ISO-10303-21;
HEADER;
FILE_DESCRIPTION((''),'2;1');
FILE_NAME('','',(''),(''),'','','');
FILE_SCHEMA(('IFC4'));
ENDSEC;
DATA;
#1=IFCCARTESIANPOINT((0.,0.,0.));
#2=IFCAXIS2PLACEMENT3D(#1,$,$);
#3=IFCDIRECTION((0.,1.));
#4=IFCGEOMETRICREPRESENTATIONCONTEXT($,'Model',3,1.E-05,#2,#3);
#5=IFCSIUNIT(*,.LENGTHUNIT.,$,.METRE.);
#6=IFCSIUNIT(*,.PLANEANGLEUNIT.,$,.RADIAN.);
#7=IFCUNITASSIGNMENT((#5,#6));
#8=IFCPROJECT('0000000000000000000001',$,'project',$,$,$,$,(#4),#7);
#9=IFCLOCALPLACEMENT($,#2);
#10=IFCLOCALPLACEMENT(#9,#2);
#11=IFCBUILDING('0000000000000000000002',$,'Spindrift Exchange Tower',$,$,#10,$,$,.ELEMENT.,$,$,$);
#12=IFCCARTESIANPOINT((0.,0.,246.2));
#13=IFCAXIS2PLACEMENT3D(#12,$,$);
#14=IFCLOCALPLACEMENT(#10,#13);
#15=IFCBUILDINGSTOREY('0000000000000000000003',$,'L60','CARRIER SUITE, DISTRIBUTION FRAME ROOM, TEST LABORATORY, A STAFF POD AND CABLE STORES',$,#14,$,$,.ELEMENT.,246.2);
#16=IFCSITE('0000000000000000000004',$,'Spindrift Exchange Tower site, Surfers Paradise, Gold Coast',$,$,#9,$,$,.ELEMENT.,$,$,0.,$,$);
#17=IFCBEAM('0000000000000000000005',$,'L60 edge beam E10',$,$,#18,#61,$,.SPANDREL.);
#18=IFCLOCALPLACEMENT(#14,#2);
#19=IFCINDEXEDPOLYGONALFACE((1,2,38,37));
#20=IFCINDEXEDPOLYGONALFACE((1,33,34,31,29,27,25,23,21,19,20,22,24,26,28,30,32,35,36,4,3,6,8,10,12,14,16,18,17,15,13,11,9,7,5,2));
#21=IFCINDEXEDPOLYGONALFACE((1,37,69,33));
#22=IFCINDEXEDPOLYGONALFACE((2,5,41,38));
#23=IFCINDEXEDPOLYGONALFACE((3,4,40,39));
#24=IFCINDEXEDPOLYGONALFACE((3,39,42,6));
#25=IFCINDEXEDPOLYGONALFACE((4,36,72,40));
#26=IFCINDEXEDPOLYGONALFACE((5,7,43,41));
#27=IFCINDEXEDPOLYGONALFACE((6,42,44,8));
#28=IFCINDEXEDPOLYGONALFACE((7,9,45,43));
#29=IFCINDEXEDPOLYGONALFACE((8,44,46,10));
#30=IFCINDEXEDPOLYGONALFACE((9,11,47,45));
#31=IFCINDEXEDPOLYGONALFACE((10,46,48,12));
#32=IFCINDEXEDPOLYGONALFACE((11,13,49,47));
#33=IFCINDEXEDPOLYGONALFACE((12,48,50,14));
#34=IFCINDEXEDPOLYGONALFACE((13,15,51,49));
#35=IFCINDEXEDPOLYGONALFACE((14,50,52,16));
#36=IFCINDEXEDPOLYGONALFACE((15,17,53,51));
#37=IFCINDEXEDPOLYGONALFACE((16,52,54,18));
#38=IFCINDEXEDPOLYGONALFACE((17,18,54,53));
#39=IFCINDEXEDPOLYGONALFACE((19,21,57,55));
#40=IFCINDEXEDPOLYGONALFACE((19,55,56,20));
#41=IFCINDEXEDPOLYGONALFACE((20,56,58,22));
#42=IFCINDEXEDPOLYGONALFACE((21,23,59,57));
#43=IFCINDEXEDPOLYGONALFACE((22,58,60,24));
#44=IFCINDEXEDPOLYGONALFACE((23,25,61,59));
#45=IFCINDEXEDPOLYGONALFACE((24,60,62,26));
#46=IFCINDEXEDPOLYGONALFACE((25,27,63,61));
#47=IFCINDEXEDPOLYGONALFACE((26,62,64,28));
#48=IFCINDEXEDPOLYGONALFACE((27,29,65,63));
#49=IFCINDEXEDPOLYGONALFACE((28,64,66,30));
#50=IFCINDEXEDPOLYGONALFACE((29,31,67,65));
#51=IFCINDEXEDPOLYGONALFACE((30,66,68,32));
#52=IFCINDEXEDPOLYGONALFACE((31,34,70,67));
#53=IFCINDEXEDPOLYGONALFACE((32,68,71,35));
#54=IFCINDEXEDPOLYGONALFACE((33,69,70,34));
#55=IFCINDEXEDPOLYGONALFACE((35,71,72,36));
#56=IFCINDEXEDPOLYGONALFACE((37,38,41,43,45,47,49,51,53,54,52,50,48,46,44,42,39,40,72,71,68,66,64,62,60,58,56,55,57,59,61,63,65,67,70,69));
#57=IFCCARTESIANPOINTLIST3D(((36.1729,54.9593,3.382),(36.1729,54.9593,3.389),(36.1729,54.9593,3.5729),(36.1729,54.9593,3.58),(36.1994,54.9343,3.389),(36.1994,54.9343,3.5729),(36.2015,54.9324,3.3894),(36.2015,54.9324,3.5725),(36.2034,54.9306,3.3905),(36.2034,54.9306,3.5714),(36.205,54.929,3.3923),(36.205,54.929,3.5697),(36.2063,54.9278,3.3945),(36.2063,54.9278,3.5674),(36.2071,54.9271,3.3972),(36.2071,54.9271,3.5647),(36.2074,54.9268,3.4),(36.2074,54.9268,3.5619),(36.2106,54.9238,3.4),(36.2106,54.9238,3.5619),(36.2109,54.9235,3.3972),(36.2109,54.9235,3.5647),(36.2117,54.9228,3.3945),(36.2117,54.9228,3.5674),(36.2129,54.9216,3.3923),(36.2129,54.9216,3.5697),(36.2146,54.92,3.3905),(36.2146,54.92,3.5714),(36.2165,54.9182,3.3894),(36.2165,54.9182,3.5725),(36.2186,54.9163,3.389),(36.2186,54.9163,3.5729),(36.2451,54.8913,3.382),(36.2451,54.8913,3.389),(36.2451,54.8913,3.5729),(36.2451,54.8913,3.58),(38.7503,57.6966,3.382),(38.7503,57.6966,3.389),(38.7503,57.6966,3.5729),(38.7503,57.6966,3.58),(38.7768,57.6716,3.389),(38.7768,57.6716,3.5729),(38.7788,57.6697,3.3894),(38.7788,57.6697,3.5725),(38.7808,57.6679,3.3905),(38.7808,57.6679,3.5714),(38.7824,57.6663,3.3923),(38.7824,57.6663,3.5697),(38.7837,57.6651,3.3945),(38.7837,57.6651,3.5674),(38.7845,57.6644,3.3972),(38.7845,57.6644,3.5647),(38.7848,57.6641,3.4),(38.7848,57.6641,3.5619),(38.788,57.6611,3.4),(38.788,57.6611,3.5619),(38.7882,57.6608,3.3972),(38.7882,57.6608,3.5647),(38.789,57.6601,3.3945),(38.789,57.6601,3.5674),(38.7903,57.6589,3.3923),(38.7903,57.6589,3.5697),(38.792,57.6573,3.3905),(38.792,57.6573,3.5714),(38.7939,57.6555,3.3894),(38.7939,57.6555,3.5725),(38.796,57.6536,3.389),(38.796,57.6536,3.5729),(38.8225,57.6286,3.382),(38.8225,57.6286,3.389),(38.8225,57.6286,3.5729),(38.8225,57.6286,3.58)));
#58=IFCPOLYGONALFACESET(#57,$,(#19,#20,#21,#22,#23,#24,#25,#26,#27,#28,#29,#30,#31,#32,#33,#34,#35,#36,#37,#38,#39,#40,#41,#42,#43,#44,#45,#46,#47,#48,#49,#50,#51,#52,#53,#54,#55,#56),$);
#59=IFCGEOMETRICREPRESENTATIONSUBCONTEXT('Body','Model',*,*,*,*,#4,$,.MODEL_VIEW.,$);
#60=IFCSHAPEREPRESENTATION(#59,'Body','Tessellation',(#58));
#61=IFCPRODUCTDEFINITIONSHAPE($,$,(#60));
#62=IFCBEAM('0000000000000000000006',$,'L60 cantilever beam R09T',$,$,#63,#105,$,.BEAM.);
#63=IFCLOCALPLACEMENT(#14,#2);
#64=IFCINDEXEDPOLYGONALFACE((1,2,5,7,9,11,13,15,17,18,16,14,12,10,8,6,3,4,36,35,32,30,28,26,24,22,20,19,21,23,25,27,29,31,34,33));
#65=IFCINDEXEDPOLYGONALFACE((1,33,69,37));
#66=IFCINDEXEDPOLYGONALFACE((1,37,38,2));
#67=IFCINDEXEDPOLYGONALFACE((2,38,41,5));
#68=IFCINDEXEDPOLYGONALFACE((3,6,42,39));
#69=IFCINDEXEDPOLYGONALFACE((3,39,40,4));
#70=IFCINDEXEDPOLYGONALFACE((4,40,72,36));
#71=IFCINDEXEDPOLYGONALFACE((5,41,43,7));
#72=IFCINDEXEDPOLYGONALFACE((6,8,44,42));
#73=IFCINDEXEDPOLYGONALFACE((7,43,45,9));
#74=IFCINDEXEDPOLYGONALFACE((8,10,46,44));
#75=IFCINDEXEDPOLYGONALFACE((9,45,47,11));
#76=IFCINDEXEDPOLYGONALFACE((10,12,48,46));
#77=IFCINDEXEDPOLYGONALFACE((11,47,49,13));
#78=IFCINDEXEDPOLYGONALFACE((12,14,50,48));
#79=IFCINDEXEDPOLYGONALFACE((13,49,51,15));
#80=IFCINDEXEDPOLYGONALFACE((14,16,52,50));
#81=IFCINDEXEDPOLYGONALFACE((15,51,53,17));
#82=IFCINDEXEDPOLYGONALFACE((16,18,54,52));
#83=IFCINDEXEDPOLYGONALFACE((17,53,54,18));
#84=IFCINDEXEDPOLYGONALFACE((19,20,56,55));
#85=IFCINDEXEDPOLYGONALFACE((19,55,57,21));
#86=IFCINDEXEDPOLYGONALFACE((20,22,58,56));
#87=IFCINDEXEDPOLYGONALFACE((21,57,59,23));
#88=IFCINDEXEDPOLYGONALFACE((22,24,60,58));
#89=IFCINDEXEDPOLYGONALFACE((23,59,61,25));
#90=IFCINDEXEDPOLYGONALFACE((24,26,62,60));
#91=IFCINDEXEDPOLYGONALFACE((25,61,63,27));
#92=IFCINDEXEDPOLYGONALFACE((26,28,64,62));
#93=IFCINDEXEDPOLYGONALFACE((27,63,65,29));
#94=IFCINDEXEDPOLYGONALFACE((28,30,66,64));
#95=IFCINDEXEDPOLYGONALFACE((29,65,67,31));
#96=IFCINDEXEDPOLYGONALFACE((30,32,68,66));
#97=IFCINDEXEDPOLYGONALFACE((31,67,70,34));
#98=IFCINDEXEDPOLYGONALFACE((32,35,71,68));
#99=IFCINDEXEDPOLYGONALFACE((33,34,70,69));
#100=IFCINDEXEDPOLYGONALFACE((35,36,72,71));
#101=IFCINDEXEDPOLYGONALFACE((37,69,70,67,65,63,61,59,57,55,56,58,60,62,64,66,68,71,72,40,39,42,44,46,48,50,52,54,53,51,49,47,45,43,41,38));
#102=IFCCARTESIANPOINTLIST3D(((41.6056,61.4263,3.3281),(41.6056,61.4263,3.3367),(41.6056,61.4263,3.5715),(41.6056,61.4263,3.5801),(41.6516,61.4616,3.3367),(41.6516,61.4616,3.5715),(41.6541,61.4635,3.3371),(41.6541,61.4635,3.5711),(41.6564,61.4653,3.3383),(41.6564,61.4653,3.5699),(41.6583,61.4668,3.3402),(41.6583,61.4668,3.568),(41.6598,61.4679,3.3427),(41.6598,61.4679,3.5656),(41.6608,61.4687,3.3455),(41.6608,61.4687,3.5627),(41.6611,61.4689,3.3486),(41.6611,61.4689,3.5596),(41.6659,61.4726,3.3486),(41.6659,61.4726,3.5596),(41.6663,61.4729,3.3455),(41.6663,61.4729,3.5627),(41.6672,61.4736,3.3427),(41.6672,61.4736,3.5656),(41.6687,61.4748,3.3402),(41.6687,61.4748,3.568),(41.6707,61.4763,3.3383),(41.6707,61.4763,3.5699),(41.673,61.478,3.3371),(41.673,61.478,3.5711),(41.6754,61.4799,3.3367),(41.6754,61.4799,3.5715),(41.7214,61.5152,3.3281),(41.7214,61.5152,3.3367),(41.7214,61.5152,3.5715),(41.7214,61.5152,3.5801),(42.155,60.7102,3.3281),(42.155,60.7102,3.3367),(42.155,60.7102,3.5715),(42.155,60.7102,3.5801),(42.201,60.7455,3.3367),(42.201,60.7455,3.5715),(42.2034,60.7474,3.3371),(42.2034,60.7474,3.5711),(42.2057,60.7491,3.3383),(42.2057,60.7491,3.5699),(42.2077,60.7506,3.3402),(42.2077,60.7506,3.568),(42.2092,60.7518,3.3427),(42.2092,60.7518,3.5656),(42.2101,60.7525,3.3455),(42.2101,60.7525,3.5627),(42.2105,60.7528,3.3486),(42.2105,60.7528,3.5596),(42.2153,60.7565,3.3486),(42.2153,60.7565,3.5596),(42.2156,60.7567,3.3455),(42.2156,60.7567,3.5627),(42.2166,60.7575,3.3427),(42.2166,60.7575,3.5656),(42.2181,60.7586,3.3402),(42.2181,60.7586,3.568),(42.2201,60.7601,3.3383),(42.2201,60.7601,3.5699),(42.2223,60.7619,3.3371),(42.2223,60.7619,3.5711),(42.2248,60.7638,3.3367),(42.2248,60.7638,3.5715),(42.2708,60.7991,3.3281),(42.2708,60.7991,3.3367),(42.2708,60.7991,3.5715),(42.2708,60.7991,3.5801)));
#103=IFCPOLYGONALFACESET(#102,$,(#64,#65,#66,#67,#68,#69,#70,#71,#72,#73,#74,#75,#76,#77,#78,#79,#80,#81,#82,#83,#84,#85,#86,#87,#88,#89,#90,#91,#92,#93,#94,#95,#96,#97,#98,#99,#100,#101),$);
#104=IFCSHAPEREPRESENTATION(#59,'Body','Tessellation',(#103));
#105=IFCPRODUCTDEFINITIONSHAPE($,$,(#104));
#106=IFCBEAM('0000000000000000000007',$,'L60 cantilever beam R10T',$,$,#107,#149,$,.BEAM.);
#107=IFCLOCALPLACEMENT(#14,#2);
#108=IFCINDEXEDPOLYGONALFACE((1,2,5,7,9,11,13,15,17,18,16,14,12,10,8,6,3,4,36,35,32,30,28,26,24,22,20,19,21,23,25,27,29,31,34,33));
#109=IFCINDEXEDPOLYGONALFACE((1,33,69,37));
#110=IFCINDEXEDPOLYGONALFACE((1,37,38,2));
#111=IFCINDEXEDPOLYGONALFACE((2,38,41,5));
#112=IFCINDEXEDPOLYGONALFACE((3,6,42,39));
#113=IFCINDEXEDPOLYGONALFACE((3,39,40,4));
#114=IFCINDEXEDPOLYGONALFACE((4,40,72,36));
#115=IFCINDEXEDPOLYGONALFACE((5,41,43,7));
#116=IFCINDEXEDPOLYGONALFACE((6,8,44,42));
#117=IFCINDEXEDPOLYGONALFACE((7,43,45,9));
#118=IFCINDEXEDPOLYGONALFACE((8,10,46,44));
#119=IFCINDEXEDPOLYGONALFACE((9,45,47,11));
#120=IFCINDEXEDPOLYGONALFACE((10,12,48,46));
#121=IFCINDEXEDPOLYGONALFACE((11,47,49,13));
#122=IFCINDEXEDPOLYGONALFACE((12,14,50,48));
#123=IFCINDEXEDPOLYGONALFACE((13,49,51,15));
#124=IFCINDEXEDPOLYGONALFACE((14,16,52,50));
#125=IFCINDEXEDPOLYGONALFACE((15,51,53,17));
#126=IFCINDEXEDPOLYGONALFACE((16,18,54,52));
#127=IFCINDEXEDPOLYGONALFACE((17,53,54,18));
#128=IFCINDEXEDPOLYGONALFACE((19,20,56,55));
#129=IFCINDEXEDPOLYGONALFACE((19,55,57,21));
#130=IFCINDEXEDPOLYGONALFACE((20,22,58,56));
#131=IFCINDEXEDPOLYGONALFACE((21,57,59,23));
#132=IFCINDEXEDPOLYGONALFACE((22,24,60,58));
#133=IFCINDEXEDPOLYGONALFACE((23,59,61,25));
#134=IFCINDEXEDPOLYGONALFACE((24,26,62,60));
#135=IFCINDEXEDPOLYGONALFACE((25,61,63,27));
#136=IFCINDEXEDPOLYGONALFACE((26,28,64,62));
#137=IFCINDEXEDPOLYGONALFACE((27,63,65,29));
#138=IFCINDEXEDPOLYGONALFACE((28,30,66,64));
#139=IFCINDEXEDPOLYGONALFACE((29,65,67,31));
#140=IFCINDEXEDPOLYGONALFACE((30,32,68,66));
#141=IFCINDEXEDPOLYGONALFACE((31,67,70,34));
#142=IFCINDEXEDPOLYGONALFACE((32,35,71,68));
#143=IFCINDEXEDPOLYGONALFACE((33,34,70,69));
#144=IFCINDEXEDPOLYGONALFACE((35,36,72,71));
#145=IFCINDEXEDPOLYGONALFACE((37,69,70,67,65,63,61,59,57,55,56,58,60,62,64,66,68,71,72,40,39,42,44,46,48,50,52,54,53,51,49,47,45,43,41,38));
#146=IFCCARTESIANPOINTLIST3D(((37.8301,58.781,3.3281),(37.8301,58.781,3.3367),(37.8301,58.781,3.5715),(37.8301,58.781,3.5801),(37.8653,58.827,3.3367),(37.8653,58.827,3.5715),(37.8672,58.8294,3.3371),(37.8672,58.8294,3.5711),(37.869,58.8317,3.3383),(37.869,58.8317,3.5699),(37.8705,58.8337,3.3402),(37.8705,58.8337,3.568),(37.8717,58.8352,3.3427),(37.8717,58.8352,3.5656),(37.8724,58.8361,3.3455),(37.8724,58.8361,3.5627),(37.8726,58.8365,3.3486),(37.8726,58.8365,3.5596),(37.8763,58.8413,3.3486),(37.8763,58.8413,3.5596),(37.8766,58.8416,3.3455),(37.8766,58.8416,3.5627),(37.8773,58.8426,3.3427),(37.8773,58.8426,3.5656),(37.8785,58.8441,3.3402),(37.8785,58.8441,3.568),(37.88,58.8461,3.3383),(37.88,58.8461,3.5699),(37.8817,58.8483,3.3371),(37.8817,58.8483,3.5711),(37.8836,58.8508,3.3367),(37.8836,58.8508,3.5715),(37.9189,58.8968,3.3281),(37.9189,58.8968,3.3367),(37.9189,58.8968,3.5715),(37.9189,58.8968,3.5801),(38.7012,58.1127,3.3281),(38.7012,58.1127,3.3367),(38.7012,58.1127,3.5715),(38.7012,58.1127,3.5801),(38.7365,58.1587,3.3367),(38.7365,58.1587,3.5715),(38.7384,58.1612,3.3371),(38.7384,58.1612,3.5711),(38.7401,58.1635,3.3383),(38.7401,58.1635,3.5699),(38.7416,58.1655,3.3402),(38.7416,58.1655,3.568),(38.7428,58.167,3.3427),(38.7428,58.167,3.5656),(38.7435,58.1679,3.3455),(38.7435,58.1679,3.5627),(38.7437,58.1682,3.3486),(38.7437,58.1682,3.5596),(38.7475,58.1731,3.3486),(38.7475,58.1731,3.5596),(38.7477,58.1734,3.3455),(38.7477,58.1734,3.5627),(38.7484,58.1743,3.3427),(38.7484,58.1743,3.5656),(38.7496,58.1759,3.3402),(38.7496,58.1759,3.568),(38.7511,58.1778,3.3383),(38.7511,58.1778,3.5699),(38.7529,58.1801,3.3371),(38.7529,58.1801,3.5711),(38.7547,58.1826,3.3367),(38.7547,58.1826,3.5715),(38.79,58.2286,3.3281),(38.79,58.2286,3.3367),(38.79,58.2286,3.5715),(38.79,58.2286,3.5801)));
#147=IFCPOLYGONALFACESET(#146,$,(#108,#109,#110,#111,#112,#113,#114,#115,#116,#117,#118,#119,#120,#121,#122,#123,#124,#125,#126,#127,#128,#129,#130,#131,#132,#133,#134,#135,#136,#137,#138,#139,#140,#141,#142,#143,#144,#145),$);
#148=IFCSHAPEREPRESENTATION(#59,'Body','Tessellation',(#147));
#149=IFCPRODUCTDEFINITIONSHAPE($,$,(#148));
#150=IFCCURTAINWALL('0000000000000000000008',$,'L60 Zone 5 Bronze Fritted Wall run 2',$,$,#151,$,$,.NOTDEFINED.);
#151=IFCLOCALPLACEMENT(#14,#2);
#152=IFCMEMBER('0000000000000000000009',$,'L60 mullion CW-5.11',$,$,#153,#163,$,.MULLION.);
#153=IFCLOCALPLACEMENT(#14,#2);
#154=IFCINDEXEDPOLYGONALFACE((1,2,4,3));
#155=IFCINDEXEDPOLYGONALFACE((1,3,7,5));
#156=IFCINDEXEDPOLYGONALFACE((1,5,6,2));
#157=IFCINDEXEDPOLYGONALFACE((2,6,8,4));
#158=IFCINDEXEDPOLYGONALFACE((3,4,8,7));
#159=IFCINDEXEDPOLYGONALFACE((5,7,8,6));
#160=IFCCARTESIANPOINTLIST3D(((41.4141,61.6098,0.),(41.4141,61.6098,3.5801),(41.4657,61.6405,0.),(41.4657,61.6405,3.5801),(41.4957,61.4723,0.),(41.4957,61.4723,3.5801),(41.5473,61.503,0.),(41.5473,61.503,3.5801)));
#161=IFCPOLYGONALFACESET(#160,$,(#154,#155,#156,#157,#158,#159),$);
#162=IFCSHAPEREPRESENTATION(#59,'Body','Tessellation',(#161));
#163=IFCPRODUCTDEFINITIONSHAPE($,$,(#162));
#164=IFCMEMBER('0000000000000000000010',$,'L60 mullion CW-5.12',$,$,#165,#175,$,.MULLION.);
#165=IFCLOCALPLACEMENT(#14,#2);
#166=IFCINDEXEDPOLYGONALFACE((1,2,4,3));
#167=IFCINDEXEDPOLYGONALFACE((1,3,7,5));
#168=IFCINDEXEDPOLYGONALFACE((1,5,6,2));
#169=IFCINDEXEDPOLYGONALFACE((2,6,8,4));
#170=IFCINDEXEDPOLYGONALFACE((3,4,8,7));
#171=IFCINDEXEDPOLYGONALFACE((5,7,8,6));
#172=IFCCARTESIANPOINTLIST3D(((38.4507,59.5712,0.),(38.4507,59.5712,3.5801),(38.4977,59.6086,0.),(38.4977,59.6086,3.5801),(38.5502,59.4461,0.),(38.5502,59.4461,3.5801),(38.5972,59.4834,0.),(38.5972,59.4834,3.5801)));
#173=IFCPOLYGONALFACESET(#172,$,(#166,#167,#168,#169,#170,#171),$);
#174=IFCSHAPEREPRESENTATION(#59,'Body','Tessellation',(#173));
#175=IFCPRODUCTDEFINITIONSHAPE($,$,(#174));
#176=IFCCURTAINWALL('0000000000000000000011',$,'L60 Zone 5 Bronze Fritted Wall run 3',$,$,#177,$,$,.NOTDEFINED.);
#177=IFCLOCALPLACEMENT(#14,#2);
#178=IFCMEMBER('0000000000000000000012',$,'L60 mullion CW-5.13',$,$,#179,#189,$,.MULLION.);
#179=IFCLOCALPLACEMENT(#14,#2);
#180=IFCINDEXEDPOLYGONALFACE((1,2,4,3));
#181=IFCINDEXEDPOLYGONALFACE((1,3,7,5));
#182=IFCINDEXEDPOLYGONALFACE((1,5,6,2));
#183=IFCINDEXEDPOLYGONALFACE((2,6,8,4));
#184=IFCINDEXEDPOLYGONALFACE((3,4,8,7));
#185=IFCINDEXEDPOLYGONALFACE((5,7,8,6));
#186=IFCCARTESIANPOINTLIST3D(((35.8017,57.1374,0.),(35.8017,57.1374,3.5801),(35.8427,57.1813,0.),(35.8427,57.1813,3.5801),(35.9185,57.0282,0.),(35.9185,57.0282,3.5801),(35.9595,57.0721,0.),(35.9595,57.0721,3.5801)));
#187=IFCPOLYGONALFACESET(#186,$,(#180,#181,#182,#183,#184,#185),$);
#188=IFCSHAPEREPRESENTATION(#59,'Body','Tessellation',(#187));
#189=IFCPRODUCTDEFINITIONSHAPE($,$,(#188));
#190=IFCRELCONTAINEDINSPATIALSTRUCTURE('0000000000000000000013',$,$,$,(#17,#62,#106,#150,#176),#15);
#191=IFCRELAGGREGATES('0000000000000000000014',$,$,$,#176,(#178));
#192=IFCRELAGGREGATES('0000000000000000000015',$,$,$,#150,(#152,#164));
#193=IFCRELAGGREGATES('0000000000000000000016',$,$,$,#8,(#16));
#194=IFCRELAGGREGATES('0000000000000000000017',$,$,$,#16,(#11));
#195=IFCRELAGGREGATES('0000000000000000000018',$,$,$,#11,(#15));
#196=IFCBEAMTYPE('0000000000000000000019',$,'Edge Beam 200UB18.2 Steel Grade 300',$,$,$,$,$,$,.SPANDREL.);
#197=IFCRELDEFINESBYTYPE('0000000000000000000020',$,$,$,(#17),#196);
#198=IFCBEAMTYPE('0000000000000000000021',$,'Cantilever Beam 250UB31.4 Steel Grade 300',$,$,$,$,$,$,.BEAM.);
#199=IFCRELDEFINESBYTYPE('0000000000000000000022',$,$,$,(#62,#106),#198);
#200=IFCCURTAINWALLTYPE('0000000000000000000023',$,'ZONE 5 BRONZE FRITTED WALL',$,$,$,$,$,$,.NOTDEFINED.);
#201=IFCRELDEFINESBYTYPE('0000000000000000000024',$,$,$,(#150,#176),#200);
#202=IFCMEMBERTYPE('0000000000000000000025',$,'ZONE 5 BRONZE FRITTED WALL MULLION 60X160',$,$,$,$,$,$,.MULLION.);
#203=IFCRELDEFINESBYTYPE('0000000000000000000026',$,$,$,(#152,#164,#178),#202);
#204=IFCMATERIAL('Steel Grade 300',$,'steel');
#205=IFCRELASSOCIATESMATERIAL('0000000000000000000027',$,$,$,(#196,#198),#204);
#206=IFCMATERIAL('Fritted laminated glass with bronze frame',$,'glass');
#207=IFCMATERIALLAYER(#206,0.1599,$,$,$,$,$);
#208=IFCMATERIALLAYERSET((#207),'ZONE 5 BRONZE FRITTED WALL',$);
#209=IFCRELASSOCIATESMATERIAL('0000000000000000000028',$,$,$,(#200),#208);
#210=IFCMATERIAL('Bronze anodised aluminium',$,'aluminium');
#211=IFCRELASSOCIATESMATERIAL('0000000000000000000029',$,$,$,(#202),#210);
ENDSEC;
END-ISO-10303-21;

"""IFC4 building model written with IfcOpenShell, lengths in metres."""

from ifc_helpers import new_model, si_unit, direction, frame, origin, origin_2d, place, context, subcontext, project, spatial, rectangle, i_section, extrude, source, transform, mapped, material, layer, layer_set, material_profile, profile_set, type_object, element, aggregate, save


model = new_model("IFC4")

# Units and contexts
model_context = context("Model", 3, precision=1e-05, world=origin(), true_north=direction((0.0, 1.0)))
body_context = subcontext(model_context, "Body", "Model", "MODEL_VIEW")
ifc_project = project(units=[si_unit("LENGTHUNIT", "METRE"), si_unit("PLANEANGLEUNIT", "RADIAN")], contexts=[model_context])

# Site, building, storey
site_placement = place(None, origin())
site = spatial("IfcSite", under=ifc_project, at=site_placement, Name="Spindrift Exchange Tower site, Surfers Paradise, Gold Coast", CompositionType="ELEMENT", RefElevation=0.0)
building_placement = place(site_placement, origin())
building = spatial("IfcBuilding", under=site, at=building_placement, Name="Spindrift Exchange Tower", CompositionType="ELEMENT")
storey_placement = place(building_placement, frame((0.0, 0.0, 246.2)))
storey = spatial("IfcBuildingStorey", under=building, at=storey_placement, Name="L60", Description="CARRIER SUITE, DISTRIBUTION FRAME ROOM, TEST LABORATORY, A STAFF POD AND CABLE STORES", CompositionType="ELEMENT", Elevation=246.2)

# Beams
ifc_material_1 = material(Name="Steel Grade 300", Category="steel")
ifc_material_profile_1 = material_profile(ifc_material_1, i_section(OverallWidth=0.0991, OverallDepth=0.198, WebThickness=0.0044, FlangeThickness=0.0071, FilletRadius=0.011, at=origin_2d()), Name="200UB18.2")
ifc_profile_set_1 = profile_set([ifc_material_profile_1], Name="Steel Grade 300")
beam_type_1 = type_object("IfcBeamType", Name="Edge Beam 200UB18.2 Steel Grade 300", PredefinedType="SPANDREL", material=ifc_profile_set_1)
shared_shape_1 = source(origin(), body_context, "Body", "SweptSolid", [
    extrude(i_section(OverallWidth=0.0991, OverallDepth=0.198, WebThickness=0.0044, FlangeThickness=0.0071, FilletRadius=0.011, at=origin_2d()), origin(), (0.0, 0.0, 1.0), 3.7598),
])
beam_1_placement = place(storey_placement, frame((38.7864, 57.6626, 3.481), z_axis=(-0.685521, -0.728053, 0.0), x_axis=(0.728053, -0.685521, 0.0)))
element("IfcBeam", 1, at=beam_1_placement, inside=storey, type_object=beam_type_1, Name="L60 edge beam E10", PredefinedType="SPANDREL", context=body_context, shape_type="MappedRepresentation", body=[
    mapped(shared_shape_1, transform((0.0, 0.0, 0.0), scale=1.0)),
])
ifc_material_profile_2 = material_profile(ifc_material_1, i_section(OverallWidth=0.146, OverallDepth=0.252, WebThickness=0.0061, FlangeThickness=0.0085, FilletRadius=0.012, at=origin_2d()), Name="250UB31.4")
ifc_profile_set_2 = profile_set([ifc_material_profile_2], Name="Steel Grade 300")
beam_type_2 = type_object("IfcBeamType", Name="Cantilever Beam 250UB31.4 Steel Grade 300", PredefinedType="BEAM", material=ifc_profile_set_2)
shared_shape_2 = source(origin(), body_context, "Body", "SweptSolid", [
    extrude(i_section(OverallWidth=0.146, OverallDepth=0.252, WebThickness=0.0061, FlangeThickness=0.0085, FilletRadius=0.012, at=origin_2d()), origin(), (0.0, 0.0, 1.0), 0.9026),
])
beam_2_placement = place(storey_placement, frame((42.2129, 60.7546, 3.4541), z_axis=(-0.608664, 0.793428, 0.0), x_axis=(-0.793428, -0.608664, 0.0)))
element("IfcBeam", 2, at=beam_2_placement, inside=storey, type_object=beam_type_2, Name="L60 cantilever beam R09T", PredefinedType="BEAM", context=body_context, shape_type="MappedRepresentation", body=[
    mapped(shared_shape_2, transform((0.0, 0.0, 0.0), scale=1.0)),
])
shared_shape_3 = source(origin(), body_context, "Body", "SweptSolid", [
    extrude(i_section(OverallWidth=0.146, OverallDepth=0.252, WebThickness=0.0061, FlangeThickness=0.0085, FilletRadius=0.012, at=origin_2d()), origin(), (0.0, 0.0, 1.0), 1.0979),
])
beam_3_placement = place(storey_placement, frame((38.7456, 58.1707, 3.4541), z_axis=(-0.793442, 0.608646, 0.0), x_axis=(-0.608646, -0.793442, 0.0)))
element("IfcBeam", 3, at=beam_3_placement, inside=storey, type_object=beam_type_2, Name="L60 cantilever beam R10T", PredefinedType="BEAM", context=body_context, shape_type="MappedRepresentation", body=[
    mapped(shared_shape_3, transform((0.0, 0.0, 0.0), scale=1.0)),
])

# Curtain wall, members
ifc_material_2 = material(Name="Fritted laminated glass with bronze frame", Category="glass")
ifc_layer_1 = layer(ifc_material_2, 0.1599)
ifc_layer_set_1 = layer_set([ifc_layer_1], Name="ZONE 5 BRONZE FRITTED WALL")
curtain_wall_type = type_object("IfcCurtainWallType", Name="ZONE 5 BRONZE FRITTED WALL", PredefinedType="NOTDEFINED", material=ifc_layer_set_1)
curtain_wall_1_placement = place(storey_placement, origin())
curtain_wall_1 = element("IfcCurtainWall", 4, at=curtain_wall_1_placement, inside=storey, type_object=curtain_wall_type, Name="L60 Zone 5 Bronze Fritted Wall run 2", PredefinedType="NOTDEFINED")
ifc_material_3 = material(Name="Bronze anodised aluminium", Category="aluminium")
ifc_material_profile_3 = material_profile(ifc_material_3, rectangle(XDim=0.0601, YDim=0.1599, at=origin_2d()), Name="ZONE 5 BRONZE FRITTED WALL MULLION 60X160")
ifc_profile_set_3 = profile_set([ifc_material_profile_3], Name="Bronze anodised aluminium")
member_type_1 = type_object("IfcMemberType", Name="ZONE 5 BRONZE FRITTED WALL MULLION 60X160", PredefinedType="MULLION", material=ifc_profile_set_3)
shared_shape_4 = source(origin(), body_context, "Body", "SweptSolid", [
    extrude(rectangle(XDim=0.0601, YDim=0.1599, at=origin_2d()), origin(), (0.0, 0.0, 1.0), 3.5801),
])
member_1_placement = place(storey_placement, frame((41.4807, 61.5564, 0.0), z_axis=(0.0, 0.0, 1.0), x_axis=(-0.859912, -0.510442, 0.0)))
member_1 = element("IfcMember", 5, at=member_1_placement, type_object=member_type_1, Name="L60 mullion CW-5.11", PredefinedType="MULLION", context=body_context, shape_type="MappedRepresentation", body=[
    mapped(shared_shape_4, transform((0.0, 0.0, 0.0), scale=1.0)),
])
member_2_placement = place(storey_placement, frame((38.5239, 59.5273, 0.0), z_axis=(0.0, 0.0, 1.0), x_axis=(-0.782792, -0.622284, 0.0)))
member_2 = element("IfcMember", 6, at=member_2_placement, type_object=member_type_1, Name="L60 mullion CW-5.12", PredefinedType="MULLION", context=body_context, shape_type="MappedRepresentation", body=[
    mapped(shared_shape_4, transform((0.0, 0.0, 0.0), scale=1.0)),
])

# Curtain wall, member
curtain_wall_2_placement = place(storey_placement, origin())
curtain_wall_2 = element("IfcCurtainWall", 7, at=curtain_wall_2_placement, inside=storey, type_object=curtain_wall_type, Name="L60 Zone 5 Bronze Fritted Wall run 3", PredefinedType="NOTDEFINED")
member_3_placement = place(storey_placement, frame((35.8806, 57.1047, 0.0), z_axis=(0.0, 0.0, 1.0), x_axis=(-0.682674, -0.730723, 0.0)))
member_3 = element("IfcMember", 8, at=member_3_placement, type_object=member_type_1, Name="L60 mullion CW-5.13", PredefinedType="MULLION", context=body_context, shape_type="MappedRepresentation", body=[
    mapped(shared_shape_4, transform((0.0, 0.0, 0.0), scale=1.0)),
])

aggregate(curtain_wall_2, [member_3])
aggregate(curtain_wall_1, [member_1, member_2])

save(model, "model.ifc")
